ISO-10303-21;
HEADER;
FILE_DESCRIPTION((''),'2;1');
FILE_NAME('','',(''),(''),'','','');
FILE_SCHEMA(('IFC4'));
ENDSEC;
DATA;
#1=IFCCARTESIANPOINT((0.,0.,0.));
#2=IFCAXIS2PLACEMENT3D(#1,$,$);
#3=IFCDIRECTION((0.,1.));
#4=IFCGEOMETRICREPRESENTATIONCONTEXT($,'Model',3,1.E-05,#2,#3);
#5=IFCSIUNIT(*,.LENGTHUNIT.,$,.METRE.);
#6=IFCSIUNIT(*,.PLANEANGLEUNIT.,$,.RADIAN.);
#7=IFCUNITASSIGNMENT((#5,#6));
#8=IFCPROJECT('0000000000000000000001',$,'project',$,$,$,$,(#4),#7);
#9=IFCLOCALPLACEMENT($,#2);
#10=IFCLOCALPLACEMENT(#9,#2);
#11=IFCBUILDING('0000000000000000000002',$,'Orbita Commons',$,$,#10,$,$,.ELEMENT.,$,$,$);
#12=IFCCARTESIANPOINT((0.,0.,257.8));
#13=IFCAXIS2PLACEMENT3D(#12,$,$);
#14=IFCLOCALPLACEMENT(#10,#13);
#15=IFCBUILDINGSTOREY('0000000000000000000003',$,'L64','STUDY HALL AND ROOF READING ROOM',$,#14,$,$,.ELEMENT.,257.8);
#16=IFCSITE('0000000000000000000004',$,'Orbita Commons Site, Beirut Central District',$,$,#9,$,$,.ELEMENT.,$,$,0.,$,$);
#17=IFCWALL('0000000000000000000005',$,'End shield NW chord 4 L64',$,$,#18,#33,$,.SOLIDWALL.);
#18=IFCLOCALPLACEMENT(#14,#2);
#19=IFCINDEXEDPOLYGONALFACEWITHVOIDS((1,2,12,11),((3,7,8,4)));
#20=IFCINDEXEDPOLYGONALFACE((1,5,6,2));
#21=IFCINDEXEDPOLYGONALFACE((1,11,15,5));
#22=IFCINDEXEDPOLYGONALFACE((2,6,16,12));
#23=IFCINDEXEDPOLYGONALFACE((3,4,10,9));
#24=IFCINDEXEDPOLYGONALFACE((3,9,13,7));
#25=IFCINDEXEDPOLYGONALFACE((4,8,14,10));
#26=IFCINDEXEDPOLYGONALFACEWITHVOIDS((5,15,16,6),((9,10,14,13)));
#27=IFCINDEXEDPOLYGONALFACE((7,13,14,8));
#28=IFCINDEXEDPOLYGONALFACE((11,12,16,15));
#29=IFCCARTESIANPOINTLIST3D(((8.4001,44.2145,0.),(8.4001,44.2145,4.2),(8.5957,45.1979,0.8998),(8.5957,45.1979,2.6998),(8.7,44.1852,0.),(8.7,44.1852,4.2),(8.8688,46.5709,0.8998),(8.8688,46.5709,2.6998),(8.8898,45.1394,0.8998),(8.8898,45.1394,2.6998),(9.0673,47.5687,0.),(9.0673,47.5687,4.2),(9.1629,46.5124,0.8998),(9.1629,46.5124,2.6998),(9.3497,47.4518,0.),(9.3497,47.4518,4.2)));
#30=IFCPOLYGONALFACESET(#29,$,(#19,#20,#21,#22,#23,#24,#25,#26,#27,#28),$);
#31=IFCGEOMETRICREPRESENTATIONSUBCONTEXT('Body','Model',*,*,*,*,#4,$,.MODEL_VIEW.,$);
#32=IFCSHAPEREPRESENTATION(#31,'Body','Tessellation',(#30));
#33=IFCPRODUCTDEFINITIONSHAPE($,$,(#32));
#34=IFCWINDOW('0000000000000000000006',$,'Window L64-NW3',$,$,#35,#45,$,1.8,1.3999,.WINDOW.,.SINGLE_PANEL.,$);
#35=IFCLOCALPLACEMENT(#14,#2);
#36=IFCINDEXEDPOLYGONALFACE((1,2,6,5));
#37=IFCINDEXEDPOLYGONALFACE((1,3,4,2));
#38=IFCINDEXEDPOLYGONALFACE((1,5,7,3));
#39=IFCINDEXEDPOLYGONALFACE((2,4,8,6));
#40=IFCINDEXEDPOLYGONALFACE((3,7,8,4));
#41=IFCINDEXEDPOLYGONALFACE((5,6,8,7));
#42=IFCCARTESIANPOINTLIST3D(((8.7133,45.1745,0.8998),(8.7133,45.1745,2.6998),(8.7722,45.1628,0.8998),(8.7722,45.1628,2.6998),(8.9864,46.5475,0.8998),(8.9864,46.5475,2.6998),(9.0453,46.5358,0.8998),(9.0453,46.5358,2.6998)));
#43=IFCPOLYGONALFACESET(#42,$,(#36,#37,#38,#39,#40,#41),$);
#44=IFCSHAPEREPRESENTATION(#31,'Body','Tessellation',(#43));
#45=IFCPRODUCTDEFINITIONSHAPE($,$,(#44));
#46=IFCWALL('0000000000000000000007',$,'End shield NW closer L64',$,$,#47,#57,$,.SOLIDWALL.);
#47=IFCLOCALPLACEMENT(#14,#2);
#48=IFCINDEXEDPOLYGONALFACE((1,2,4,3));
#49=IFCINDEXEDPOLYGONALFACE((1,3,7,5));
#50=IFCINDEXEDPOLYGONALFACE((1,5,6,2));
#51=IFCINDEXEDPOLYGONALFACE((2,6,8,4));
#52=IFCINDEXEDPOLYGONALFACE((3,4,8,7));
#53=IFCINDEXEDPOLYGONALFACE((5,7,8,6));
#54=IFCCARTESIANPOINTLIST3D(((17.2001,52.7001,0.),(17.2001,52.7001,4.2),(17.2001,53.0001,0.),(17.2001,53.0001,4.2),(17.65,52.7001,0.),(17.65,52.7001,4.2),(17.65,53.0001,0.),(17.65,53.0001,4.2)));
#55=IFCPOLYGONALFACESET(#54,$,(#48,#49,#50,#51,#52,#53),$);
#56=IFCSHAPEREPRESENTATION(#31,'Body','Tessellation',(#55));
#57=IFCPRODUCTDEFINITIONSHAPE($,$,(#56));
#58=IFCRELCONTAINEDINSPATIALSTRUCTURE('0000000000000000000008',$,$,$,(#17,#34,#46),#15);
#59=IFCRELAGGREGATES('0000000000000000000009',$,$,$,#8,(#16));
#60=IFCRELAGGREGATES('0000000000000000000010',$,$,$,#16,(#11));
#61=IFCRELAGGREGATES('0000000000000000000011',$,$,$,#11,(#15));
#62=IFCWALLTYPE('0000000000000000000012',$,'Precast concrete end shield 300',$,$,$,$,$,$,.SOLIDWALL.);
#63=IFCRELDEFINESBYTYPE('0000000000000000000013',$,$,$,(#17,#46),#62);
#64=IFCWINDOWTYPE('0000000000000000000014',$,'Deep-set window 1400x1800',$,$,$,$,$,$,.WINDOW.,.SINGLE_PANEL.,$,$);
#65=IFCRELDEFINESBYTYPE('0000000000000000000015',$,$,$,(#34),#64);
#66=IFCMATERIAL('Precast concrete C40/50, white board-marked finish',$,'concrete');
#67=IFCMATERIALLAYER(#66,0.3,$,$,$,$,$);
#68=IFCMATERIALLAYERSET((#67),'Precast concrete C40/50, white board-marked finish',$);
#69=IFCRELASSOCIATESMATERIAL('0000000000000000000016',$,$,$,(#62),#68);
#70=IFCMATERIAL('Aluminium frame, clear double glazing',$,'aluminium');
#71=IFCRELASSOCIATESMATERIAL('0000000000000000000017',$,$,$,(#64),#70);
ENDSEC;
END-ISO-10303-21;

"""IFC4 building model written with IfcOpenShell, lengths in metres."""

from ifc_helpers import new_model, si_unit, direction, frame, frame_2d, origin, place, context, subcontext, project, spatial, polyline, rectangle, outline, extrude, material, layer, layer_set, type_object, element, fill, save


model = new_model("IFC4")

# Units and contexts
model_context = context("Model", 3, precision=1e-05, world=origin(), true_north=direction((0.0, 1.0)))
body_context = subcontext(model_context, "Body", "Model", "MODEL_VIEW")
ifc_project = project(units=[si_unit("LENGTHUNIT", "METRE"), si_unit("PLANEANGLEUNIT", "RADIAN")], contexts=[model_context])

# Site, building, storey
site_placement = place(None, origin())
site = spatial("IfcSite", under=ifc_project, at=site_placement, Name="Orbita Commons Site, Beirut Central District", CompositionType="ELEMENT", RefElevation=0.0)
building_placement = place(site_placement, origin())
building = spatial("IfcBuilding", under=site, at=building_placement, Name="Orbita Commons", CompositionType="ELEMENT")
storey_placement = place(building_placement, frame((0.0, 0.0, 257.8)))
storey = spatial("IfcBuildingStorey", under=building, at=storey_placement, Name="L64", Description="STUDY HALL AND ROOF READING ROOM", CompositionType="ELEMENT", Elevation=257.8)

# Wall, opening, window
ifc_material_1 = material(Name="Precast concrete C40/50, white board-marked finish", Category="concrete")
ifc_layer_1 = layer(ifc_material_1, 0.3)
ifc_layer_set_1 = layer_set([ifc_layer_1], Name="Precast concrete C40/50, white board-marked finish")
wall_type_1 = type_object("IfcWallType", Name="Precast concrete end shield 300", PredefinedType="SOLIDWALL", material=ifc_layer_set_1)
ifc_material_2 = material(Name="Aluminium frame, clear double glazing", Category="aluminium")
window_type = type_object("IfcWindowType", Name="Deep-set window 1400x1800", PartitioningType="SINGLE_PANEL", PredefinedType="WINDOW", material=ifc_material_2)
wall_1_placement = place(storey_placement, frame((9.2085, 47.5103, 0.0), z_axis=(0.0, 0.0, 1.0), x_axis=(-0.195087, -0.980786, 0.0)))
wall_1 = element("IfcWall", 1, at=wall_1_placement, inside=storey, type_object=wall_type_1, Name="End shield NW chord 4 L64", PredefinedType="SOLIDWALL", context=body_context, shape_type="SweptSolid", body=[
    extrude(outline(polyline([(-0.0298, -0.1499), (3.3901, -0.1499), (3.3604, 0.1499), (0.0298, 0.1499), (-0.0298, -0.1499)])), origin(), (0.0, 0.0, 1.0), 4.2),
])
opening_1_placement = place(wall_1_placement, frame((0.9875, 0.0, 0.8999)))
opening_1 = element("IfcOpeningElement", 2, at=opening_1_placement, cuts=wall_1, PredefinedType="OPENING", context=body_context, shape_type="SweptSolid", body=[
    extrude(rectangle(XDim=1.3999, YDim=1.8, at=frame_2d((0.7, 0.8999))), frame((0.0, 0.1599, 0.0), z_axis=(0.0, -1.0, 0.0), x_axis=(1.0, 0.0, 0.0)), (0.0, 0.0, 1.0), 0.3201),
])
window_1_placement = place(opening_1_placement, origin())
window_1 = element("IfcWindow", 3, at=window_1_placement, inside=storey, type_object=window_type, Name="Window L64-NW3", OverallHeight=1.8, OverallWidth=1.3999, PartitioningType="SINGLE_PANEL", PredefinedType="WINDOW", context=body_context, shape_type="SweptSolid", body=[
    extrude(rectangle(XDim=1.3999, YDim=1.8, at=frame_2d((0.7, 0.8999))), frame((0.0, 0.03, 0.0), z_axis=(0.0, -1.0, 0.0), x_axis=(1.0, 0.0, 0.0)), (0.0, 0.0, 1.0), 0.0601),
])
fill(opening_1, window_1)

# Wall
wall_2_placement = place(storey_placement, frame((17.2, 52.8501, 0.0), z_axis=(0.0, 0.0, 1.0), x_axis=(1.0, 0.0, 0.0)))
element("IfcWall", 4, at=wall_2_placement, inside=storey, type_object=wall_type_1, Name="End shield NW closer L64", PredefinedType="SOLIDWALL", context=body_context, shape_type="SweptSolid", body=[
    extrude(rectangle(XDim=0.45, YDim=0.3, at=frame_2d((0.2251, 0.0))), origin(), (0.0, 0.0, 1.0), 4.2),
])

save(model, "model.ifc")
